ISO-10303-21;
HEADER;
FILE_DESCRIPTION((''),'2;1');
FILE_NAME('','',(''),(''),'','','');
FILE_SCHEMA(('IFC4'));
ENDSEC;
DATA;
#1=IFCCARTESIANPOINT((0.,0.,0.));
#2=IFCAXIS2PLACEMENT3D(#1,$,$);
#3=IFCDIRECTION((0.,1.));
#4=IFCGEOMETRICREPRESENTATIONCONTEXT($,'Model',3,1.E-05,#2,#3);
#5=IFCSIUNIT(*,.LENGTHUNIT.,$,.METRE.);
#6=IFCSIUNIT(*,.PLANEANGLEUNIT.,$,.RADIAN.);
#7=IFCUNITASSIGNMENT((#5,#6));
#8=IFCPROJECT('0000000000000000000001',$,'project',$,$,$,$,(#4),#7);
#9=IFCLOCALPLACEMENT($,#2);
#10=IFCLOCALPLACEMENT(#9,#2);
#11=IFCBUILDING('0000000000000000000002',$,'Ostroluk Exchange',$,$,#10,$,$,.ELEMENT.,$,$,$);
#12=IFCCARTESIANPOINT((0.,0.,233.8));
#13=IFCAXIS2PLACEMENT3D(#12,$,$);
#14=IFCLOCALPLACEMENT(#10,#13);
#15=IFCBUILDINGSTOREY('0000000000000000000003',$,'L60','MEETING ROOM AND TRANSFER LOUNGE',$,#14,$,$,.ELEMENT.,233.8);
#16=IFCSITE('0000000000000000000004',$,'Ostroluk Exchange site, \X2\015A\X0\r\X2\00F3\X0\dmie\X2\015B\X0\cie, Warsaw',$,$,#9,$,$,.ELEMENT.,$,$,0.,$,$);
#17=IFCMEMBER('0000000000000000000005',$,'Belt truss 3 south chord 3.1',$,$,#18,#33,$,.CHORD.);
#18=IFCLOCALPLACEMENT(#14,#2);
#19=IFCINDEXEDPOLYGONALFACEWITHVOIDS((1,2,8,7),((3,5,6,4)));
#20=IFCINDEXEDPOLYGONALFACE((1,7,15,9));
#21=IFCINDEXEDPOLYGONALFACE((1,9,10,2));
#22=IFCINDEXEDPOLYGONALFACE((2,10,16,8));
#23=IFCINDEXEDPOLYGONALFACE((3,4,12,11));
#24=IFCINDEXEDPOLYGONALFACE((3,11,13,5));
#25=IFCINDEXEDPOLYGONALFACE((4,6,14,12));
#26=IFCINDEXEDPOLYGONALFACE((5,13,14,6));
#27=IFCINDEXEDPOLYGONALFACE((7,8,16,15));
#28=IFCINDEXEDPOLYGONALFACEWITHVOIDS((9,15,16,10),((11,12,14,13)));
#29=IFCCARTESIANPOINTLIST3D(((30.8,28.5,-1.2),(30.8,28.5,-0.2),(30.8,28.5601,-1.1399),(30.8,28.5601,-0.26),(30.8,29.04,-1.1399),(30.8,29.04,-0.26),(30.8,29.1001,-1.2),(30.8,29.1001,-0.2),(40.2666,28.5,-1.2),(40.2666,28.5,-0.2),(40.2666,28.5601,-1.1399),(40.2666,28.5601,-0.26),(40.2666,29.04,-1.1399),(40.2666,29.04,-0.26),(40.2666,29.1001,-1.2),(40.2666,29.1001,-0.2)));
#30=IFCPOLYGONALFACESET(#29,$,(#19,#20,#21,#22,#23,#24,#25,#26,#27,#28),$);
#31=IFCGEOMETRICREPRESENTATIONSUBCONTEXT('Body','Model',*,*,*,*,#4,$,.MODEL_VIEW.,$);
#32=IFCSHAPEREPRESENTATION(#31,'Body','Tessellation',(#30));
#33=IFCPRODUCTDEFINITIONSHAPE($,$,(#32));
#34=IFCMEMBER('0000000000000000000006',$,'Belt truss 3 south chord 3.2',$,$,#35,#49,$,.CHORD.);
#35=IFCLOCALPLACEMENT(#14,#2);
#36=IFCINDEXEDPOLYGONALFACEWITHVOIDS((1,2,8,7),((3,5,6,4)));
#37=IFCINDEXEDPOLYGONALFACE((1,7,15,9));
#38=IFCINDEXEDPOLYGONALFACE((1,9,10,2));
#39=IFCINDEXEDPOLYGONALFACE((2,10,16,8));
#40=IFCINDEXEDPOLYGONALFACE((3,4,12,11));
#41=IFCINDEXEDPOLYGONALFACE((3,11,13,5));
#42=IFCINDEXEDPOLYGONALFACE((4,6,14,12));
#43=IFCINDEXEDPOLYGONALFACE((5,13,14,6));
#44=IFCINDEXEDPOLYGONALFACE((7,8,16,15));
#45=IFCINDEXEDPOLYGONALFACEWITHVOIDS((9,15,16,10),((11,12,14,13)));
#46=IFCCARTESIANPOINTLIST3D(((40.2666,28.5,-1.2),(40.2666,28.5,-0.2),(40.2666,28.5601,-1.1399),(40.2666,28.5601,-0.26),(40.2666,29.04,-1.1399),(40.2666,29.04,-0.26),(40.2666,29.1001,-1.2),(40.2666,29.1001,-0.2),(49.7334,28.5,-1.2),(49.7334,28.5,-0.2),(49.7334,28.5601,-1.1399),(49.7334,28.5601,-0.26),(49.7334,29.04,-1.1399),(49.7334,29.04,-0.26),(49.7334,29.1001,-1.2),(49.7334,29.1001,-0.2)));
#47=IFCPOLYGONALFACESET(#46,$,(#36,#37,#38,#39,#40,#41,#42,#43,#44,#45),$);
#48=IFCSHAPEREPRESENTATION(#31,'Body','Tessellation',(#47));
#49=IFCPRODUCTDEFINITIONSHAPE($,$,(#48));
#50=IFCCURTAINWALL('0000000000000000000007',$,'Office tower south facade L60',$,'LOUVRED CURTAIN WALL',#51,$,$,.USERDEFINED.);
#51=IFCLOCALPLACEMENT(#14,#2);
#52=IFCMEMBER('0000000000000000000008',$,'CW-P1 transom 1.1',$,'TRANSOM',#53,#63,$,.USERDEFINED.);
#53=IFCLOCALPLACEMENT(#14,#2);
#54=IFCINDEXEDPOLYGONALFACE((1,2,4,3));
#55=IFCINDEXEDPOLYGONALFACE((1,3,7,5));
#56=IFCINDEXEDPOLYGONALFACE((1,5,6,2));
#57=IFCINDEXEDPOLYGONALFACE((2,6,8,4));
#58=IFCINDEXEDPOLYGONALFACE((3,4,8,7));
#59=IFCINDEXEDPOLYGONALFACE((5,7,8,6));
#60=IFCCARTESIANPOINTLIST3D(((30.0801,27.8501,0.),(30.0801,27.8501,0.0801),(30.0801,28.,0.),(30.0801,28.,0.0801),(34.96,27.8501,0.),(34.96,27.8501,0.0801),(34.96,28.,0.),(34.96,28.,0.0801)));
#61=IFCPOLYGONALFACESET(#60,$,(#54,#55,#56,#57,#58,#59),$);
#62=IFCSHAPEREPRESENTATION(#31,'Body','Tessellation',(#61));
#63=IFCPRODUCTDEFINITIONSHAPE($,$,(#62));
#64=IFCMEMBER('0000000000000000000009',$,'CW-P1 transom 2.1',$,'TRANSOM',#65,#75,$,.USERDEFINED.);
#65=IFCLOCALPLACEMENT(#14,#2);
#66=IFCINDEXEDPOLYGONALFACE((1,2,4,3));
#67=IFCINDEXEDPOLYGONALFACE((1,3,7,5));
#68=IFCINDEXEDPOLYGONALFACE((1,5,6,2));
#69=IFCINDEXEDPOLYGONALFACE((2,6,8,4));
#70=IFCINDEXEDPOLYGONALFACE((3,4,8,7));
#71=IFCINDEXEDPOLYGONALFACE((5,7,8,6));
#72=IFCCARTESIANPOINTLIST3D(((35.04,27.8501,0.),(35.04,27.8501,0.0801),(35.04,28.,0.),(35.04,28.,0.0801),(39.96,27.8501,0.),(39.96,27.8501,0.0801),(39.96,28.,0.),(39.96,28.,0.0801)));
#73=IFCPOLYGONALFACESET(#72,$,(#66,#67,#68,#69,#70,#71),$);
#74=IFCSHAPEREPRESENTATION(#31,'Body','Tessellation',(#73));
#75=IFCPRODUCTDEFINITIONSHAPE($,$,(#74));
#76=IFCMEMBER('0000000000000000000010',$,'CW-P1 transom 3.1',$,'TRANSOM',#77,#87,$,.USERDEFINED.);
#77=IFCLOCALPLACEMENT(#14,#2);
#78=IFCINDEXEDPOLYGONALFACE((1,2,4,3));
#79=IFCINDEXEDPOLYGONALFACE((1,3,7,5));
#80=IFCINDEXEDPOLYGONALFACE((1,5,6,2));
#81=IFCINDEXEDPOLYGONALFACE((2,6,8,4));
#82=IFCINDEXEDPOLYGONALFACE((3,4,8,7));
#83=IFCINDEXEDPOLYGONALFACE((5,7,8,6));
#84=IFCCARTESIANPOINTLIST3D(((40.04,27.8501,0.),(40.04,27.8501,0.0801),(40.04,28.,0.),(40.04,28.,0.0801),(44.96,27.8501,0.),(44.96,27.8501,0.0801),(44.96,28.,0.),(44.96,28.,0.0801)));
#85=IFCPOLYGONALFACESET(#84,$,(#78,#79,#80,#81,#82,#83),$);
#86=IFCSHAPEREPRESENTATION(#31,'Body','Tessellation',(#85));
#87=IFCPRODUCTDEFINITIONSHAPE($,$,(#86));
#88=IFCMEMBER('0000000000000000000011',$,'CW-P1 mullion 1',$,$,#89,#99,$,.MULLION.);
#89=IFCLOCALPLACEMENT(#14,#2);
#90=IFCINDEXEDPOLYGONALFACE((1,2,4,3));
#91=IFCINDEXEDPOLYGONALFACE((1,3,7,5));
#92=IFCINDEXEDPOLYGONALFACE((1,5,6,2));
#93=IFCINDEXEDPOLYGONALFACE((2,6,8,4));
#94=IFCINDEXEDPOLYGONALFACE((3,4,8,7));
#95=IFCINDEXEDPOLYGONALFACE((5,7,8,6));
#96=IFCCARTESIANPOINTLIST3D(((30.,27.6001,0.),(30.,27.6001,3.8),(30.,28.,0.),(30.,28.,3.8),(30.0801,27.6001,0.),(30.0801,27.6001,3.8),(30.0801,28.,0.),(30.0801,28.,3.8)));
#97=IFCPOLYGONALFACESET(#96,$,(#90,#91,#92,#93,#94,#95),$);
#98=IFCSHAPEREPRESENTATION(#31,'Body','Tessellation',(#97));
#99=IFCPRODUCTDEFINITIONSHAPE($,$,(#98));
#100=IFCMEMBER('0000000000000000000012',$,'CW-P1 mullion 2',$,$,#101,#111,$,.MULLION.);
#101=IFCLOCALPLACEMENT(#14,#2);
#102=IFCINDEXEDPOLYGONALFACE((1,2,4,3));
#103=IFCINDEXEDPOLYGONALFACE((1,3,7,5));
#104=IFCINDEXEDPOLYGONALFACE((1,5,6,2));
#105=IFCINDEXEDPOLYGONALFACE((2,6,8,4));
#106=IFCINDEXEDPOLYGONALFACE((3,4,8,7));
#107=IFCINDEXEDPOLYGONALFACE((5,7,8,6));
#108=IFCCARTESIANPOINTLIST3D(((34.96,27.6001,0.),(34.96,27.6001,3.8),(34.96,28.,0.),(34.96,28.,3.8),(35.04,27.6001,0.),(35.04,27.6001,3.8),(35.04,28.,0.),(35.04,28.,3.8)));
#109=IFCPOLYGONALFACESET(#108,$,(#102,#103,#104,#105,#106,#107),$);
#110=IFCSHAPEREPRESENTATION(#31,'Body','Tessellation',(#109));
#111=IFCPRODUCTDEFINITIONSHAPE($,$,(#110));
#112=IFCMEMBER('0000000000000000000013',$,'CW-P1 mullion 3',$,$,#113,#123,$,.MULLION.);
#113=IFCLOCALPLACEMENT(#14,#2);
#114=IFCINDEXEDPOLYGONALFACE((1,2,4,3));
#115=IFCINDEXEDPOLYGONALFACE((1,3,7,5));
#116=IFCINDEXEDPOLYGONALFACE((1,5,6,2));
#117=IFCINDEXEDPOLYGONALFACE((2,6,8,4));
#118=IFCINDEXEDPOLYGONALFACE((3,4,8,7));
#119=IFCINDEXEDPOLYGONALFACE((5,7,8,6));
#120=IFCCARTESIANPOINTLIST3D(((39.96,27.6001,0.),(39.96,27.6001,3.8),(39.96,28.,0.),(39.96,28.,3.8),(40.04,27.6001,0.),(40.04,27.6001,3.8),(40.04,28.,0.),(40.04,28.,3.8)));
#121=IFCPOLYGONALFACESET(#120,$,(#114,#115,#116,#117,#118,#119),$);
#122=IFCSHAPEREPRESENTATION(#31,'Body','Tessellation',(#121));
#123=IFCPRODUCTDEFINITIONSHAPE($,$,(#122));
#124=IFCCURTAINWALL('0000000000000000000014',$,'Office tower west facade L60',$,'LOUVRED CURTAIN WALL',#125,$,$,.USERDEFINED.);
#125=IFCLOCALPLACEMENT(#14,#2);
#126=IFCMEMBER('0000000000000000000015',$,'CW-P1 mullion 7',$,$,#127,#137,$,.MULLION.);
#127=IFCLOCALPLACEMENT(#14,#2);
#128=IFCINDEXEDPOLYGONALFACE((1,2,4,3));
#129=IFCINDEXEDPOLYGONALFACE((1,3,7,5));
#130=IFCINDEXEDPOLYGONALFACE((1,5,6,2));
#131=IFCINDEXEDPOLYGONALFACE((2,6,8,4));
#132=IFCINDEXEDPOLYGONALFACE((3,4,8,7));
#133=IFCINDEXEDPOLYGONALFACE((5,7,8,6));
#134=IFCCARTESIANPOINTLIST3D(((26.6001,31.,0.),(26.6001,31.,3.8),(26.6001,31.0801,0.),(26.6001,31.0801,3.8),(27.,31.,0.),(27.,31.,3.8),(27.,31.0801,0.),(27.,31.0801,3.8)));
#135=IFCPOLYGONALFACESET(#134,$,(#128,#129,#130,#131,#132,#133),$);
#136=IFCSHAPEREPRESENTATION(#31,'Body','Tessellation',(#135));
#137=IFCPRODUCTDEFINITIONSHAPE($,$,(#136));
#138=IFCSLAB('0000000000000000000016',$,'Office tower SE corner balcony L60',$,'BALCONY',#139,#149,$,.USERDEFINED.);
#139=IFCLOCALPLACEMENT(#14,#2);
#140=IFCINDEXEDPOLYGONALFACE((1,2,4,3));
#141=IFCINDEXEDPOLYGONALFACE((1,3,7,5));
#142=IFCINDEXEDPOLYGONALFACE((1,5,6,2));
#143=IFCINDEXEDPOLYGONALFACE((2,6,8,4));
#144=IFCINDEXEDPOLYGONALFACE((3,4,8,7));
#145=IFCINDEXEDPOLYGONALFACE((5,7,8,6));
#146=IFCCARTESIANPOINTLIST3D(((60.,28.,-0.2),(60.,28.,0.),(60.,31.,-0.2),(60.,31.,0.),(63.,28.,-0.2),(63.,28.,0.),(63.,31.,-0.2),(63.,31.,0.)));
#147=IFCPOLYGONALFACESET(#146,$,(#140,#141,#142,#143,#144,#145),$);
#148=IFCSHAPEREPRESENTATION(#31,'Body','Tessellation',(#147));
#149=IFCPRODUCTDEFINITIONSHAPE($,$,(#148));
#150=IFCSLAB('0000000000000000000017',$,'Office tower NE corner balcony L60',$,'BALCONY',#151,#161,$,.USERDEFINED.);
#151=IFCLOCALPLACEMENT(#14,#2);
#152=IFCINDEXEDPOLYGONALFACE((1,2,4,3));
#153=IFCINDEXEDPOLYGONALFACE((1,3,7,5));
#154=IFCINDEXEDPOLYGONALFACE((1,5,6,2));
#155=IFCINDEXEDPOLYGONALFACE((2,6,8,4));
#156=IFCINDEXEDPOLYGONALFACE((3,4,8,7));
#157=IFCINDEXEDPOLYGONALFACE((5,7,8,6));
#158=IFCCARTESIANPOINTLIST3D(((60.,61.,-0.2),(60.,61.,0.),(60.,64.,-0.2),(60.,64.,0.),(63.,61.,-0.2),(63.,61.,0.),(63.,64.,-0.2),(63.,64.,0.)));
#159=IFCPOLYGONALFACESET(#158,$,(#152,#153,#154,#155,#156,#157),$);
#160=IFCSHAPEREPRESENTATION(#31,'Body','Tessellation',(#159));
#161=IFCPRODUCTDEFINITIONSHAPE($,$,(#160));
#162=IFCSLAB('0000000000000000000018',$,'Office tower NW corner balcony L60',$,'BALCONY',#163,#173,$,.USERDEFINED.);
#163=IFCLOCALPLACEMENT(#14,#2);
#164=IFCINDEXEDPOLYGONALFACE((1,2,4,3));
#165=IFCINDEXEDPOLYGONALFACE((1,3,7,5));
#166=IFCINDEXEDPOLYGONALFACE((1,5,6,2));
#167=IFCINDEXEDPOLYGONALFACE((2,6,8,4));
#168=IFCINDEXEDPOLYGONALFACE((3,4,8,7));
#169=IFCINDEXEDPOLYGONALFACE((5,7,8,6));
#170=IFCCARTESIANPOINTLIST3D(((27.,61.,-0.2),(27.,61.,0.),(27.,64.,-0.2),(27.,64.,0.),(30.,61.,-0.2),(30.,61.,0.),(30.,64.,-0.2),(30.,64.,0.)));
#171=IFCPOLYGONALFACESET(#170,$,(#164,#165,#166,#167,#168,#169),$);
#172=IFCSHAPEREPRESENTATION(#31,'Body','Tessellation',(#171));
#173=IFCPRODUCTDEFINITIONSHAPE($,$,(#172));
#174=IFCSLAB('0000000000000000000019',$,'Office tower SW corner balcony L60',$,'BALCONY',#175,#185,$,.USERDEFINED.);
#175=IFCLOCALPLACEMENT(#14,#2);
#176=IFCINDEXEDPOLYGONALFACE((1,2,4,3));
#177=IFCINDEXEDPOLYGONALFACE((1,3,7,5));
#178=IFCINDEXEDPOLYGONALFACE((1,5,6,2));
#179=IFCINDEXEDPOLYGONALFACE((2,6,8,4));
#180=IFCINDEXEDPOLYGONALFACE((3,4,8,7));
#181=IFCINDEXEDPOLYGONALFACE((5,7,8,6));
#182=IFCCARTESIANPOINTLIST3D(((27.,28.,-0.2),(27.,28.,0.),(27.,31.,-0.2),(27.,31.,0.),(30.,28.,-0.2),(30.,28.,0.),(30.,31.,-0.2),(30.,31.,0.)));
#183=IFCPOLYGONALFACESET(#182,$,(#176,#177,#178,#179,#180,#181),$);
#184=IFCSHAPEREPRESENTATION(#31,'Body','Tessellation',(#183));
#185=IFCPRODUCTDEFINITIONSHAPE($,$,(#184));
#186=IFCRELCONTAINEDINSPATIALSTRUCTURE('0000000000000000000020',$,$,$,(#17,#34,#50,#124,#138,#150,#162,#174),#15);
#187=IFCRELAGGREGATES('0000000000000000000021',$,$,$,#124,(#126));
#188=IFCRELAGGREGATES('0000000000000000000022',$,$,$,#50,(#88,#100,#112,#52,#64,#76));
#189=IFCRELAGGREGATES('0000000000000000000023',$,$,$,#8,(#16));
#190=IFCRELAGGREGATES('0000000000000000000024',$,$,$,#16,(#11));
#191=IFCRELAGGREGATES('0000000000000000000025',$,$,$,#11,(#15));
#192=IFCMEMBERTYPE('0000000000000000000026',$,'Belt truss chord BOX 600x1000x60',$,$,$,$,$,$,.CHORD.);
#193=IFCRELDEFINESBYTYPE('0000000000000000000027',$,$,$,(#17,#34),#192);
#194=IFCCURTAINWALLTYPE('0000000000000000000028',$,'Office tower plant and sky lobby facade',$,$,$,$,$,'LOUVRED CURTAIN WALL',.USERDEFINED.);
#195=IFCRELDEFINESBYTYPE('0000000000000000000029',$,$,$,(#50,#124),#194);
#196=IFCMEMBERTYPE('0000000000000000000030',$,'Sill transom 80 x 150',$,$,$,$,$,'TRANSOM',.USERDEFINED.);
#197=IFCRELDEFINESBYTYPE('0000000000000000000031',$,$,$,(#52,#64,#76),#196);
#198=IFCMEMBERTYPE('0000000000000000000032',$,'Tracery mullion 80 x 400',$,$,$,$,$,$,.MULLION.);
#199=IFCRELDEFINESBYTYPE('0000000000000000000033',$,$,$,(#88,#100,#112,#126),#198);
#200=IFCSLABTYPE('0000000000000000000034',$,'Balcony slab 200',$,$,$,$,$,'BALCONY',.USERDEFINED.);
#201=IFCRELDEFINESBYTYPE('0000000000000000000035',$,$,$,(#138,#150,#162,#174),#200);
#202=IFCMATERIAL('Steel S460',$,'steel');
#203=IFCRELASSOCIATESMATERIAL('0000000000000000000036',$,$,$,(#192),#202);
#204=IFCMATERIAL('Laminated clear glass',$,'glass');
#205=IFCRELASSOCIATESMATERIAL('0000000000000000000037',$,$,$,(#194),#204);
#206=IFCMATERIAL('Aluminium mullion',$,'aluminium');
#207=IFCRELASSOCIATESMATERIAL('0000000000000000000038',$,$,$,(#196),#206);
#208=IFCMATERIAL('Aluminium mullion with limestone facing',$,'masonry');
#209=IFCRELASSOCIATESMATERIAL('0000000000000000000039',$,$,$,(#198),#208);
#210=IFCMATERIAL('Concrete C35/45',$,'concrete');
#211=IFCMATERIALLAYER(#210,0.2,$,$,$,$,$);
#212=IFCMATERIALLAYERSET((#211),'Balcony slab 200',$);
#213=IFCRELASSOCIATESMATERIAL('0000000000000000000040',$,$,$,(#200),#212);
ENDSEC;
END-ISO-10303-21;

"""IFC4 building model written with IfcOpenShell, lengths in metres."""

from ifc_helpers import new_model, si_unit, direction, frame, origin, origin_2d, place, context, subcontext, project, spatial, polyline, rectangle, hollow_rectangle, outline, extrude, material, layer, layer_set, material_profile, profile_set, type_object, element, aggregate, save


model = new_model("IFC4")

# Units and contexts
model_context = context("Model", 3, precision=1e-05, world=origin(), true_north=direction((0.0, 1.0)))
body_context = subcontext(model_context, "Body", "Model", "MODEL_VIEW")
ifc_project = project(units=[si_unit("LENGTHUNIT", "METRE"), si_unit("PLANEANGLEUNIT", "RADIAN")], contexts=[model_context])

# Site, building, storey
site_placement = place(None, origin())
site = spatial("IfcSite", under=ifc_project, at=site_placement, Name="Ostroluk Exchange site, Śródmieście, Warsaw", CompositionType="ELEMENT", RefElevation=0.0)
building_placement = place(site_placement, origin())
building = spatial("IfcBuilding", under=site, at=building_placement, Name="Ostroluk Exchange", CompositionType="ELEMENT")
storey_placement = place(building_placement, frame((0.0, 0.0, 233.8)))
storey = spatial("IfcBuildingStorey", under=building, at=storey_placement, Name="L60", Description="MEETING ROOM AND TRANSFER LOUNGE", CompositionType="ELEMENT", Elevation=233.8)

# Members
ifc_material_1 = material(Name="Steel S460", Category="steel")
ifc_material_profile_1 = material_profile(ifc_material_1, hollow_rectangle(XDim=0.6001, YDim=1.0, WallThickness=0.0601, at=origin_2d()), Name="BOX 600x1000x60")
ifc_profile_set_1 = profile_set([ifc_material_profile_1], Name="Steel S460")
member_type_1 = type_object("IfcMemberType", Name="Belt truss chord BOX 600x1000x60", PredefinedType="CHORD", material=ifc_profile_set_1)
member_1_placement = place(storey_placement, frame((30.8, 28.8, -0.7), z_axis=(1.0, 0.0, 0.0), x_axis=(0.0, 1.0, 0.0)))
element("IfcMember", 1, at=member_1_placement, inside=storey, type_object=member_type_1, Name="Belt truss 3 south chord 3.1", PredefinedType="CHORD", context=body_context, shape_type="SweptSolid", body=[
    extrude(hollow_rectangle(XDim=0.6001, YDim=1.0, WallThickness=0.0601, at=origin_2d()), origin(), (0.0, 0.0, 1.0), 9.4666),
])
member_2_placement = place(storey_placement, frame((40.2666, 28.8, -0.7), z_axis=(1.0, 0.0, 0.0), x_axis=(0.0, 1.0, 0.0)))
element("IfcMember", 2, at=member_2_placement, inside=storey, type_object=member_type_1, Name="Belt truss 3 south chord 3.2", PredefinedType="CHORD", context=body_context, shape_type="SweptSolid", body=[
    extrude(hollow_rectangle(XDim=0.6001, YDim=1.0, WallThickness=0.0601, at=origin_2d()), origin(), (0.0, 0.0, 1.0), 9.4668),
])

# Curtain wall, members
ifc_material_2 = material(Name="Laminated clear glass", Category="glass")
curtain_wall_type = type_object("IfcCurtainWallType", Name="Office tower plant and sky lobby facade", ElementType="LOUVRED CURTAIN WALL", PredefinedType="USERDEFINED", material=ifc_material_2)
curtain_wall_1_placement = place(storey_placement, origin())
curtain_wall_1 = element("IfcCurtainWall", 3, at=curtain_wall_1_placement, inside=storey, type_object=curtain_wall_type, Name="Office tower south facade L60", ObjectType="LOUVRED CURTAIN WALL", PredefinedType="USERDEFINED")
ifc_material_3 = material(Name="Aluminium mullion", Category="aluminium")
ifc_material_profile_2 = material_profile(ifc_material_3, rectangle(XDim=0.1499, YDim=0.0801, at=origin_2d()), Name="Sill transom 80 x 150")
ifc_profile_set_2 = profile_set([ifc_material_profile_2], Name="Aluminium mullion")
member_type_2 = type_object("IfcMemberType", Name="Sill transom 80 x 150", ElementType="TRANSOM", PredefinedType="USERDEFINED", material=ifc_profile_set_2)
member_3_placement = place(storey_placement, frame((30.0801, 27.925, 0.04), z_axis=(1.0, 0.0, 0.0), x_axis=(0.0, 1.0, 0.0)))
member_3 = element("IfcMember", 4, at=member_3_placement, type_object=member_type_2, Name="CW-P1 transom 1.1", ObjectType="TRANSOM", PredefinedType="USERDEFINED", context=body_context, shape_type="SweptSolid", body=[
    extrude(rectangle(XDim=0.1499, YDim=0.0801, at=origin_2d()), origin(), (0.0, 0.0, 1.0), 4.8799),
])
member_4_placement = place(storey_placement, frame((35.04, 27.925, 0.04), z_axis=(1.0, 0.0, 0.0), x_axis=(0.0, 1.0, 0.0)))
member_4 = element("IfcMember", 5, at=member_4_placement, type_object=member_type_2, Name="CW-P1 transom 2.1", ObjectType="TRANSOM", PredefinedType="USERDEFINED", context=body_context, shape_type="SweptSolid", body=[
    extrude(rectangle(XDim=0.1499, YDim=0.0801, at=origin_2d()), origin(), (0.0, 0.0, 1.0), 4.9199),
])
member_5_placement = place(storey_placement, frame((40.04, 27.925, 0.04), z_axis=(1.0, 0.0, 0.0), x_axis=(0.0, 1.0, 0.0)))
member_5 = element("IfcMember", 6, at=member_5_placement, type_object=member_type_2, Name="CW-P1 transom 3.1", ObjectType="TRANSOM", PredefinedType="USERDEFINED", context=body_context, shape_type="SweptSolid", body=[
    extrude(rectangle(XDim=0.1499, YDim=0.0801, at=origin_2d()), origin(), (0.0, 0.0, 1.0), 4.9199),
])
ifc_material_4 = material(Name="Aluminium mullion with limestone facing", Category="masonry")
ifc_material_profile_3 = material_profile(ifc_material_4, rectangle(XDim=0.3999, YDim=0.0801, at=origin_2d()), Name="Tracery mullion 80 x 400")
ifc_profile_set_3 = profile_set([ifc_material_profile_3], Name="Aluminium mullion with limestone facing")
member_type_3 = type_object("IfcMemberType", Name="Tracery mullion 80 x 400", PredefinedType="MULLION", material=ifc_profile_set_3)
member_6_placement = place(storey_placement, frame((30.04, 27.8, 0.0), z_axis=(0.0, 0.0, 1.0), x_axis=(0.0, 1.0, 0.0)))
member_6 = element("IfcMember", 7, at=member_6_placement, type_object=member_type_3, Name="CW-P1 mullion 1", PredefinedType="MULLION", context=body_context, shape_type="SweptSolid", body=[
    extrude(rectangle(XDim=0.3999, YDim=0.0801, at=origin_2d()), origin(), (0.0, 0.0, 1.0), 3.8),
])
member_7_placement = place(storey_placement, frame((35.0, 27.8, 0.0), z_axis=(0.0, 0.0, 1.0), x_axis=(0.0, 1.0, 0.0)))
member_7 = element("IfcMember", 8, at=member_7_placement, type_object=member_type_3, Name="CW-P1 mullion 2", PredefinedType="MULLION", context=body_context, shape_type="SweptSolid", body=[
    extrude(rectangle(XDim=0.3999, YDim=0.0801, at=origin_2d()), origin(), (0.0, 0.0, 1.0), 3.8),
])
member_8_placement = place(storey_placement, frame((40.0, 27.8, 0.0), z_axis=(0.0, 0.0, 1.0), x_axis=(0.0, 1.0, 0.0)))
member_8 = element("IfcMember", 9, at=member_8_placement, type_object=member_type_3, Name="CW-P1 mullion 3", PredefinedType="MULLION", context=body_context, shape_type="SweptSolid", body=[
    extrude(rectangle(XDim=0.3999, YDim=0.0801, at=origin_2d()), origin(), (0.0, 0.0, 1.0), 3.8),
])

# Curtain wall, member
curtain_wall_2_placement = place(storey_placement, origin())
curtain_wall_2 = element("IfcCurtainWall", 10, at=curtain_wall_2_placement, inside=storey, type_object=curtain_wall_type, Name="Office tower west facade L60", ObjectType="LOUVRED CURTAIN WALL", PredefinedType="USERDEFINED")
member_9_placement = place(storey_placement, frame((26.8, 31.04, 0.0), z_axis=(0.0, 0.0, 1.0), x_axis=(1.0, 0.0, 0.0)))
member_9 = element("IfcMember", 11, at=member_9_placement, type_object=member_type_3, Name="CW-P1 mullion 7", PredefinedType="MULLION", context=body_context, shape_type="SweptSolid", body=[
    extrude(rectangle(XDim=0.3999, YDim=0.0801, at=origin_2d()), origin(), (0.0, 0.0, 1.0), 3.8),
])
aggregate(curtain_wall_2, [member_9])

# Slabs
ifc_material_5 = material(Name="Concrete C35/45", Category="concrete")
ifc_layer_1 = layer(ifc_material_5, 0.2)
ifc_layer_set_1 = layer_set([ifc_layer_1], Name="Balcony slab 200")
slab_type_1 = type_object("IfcSlabType", Name="Balcony slab 200", ElementType="BALCONY", PredefinedType="USERDEFINED", material=ifc_layer_set_1)
slab_1_placement = place(storey_placement, frame((0.0, 0.0, -0.2)))
element("IfcSlab", 12, at=slab_1_placement, inside=storey, type_object=slab_type_1, Name="Office tower SE corner balcony L60", ObjectType="BALCONY", PredefinedType="USERDEFINED", context=body_context, shape_type="SweptSolid", body=[
    extrude(outline(polyline([(60.0, 28.0), (63.0, 28.0), (63.0, 31.0), (60.0, 31.0), (60.0, 28.0)])), origin(), (0.0, 0.0, 1.0), 0.2),
])
slab_2_placement = place(storey_placement, frame((0.0, 0.0, -0.2)))
element("IfcSlab", 13, at=slab_2_placement, inside=storey, type_object=slab_type_1, Name="Office tower NE corner balcony L60", ObjectType="BALCONY", PredefinedType="USERDEFINED", context=body_context, shape_type="SweptSolid", body=[
    extrude(outline(polyline([(60.0, 61.0), (63.0, 61.0), (63.0, 64.0), (60.0, 64.0), (60.0, 61.0)])), origin(), (0.0, 0.0, 1.0), 0.2),
])
slab_3_placement = place(storey_placement, frame((0.0, 0.0, -0.2)))
element("IfcSlab", 14, at=slab_3_placement, inside=storey, type_object=slab_type_1, Name="Office tower NW corner balcony L60", ObjectType="BALCONY", PredefinedType="USERDEFINED", context=body_context, shape_type="SweptSolid", body=[
    extrude(outline(polyline([(27.0, 61.0), (30.0, 61.0), (30.0, 64.0), (27.0, 64.0), (27.0, 61.0)])), origin(), (0.0, 0.0, 1.0), 0.2),
])
slab_4_placement = place(storey_placement, frame((0.0, 0.0, -0.2)))
element("IfcSlab", 15, at=slab_4_placement, inside=storey, type_object=slab_type_1, Name="Office tower SW corner balcony L60", ObjectType="BALCONY", PredefinedType="USERDEFINED", context=body_context, shape_type="SweptSolid", body=[
    extrude(outline(polyline([(27.0, 28.0), (30.0, 28.0), (30.0, 31.0), (27.0, 31.0), (27.0, 28.0)])), origin(), (0.0, 0.0, 1.0), 0.2),
])

aggregate(curtain_wall_1, [member_6, member_7, member_8, member_3, member_4, member_5])

save(model, "model.ifc")
